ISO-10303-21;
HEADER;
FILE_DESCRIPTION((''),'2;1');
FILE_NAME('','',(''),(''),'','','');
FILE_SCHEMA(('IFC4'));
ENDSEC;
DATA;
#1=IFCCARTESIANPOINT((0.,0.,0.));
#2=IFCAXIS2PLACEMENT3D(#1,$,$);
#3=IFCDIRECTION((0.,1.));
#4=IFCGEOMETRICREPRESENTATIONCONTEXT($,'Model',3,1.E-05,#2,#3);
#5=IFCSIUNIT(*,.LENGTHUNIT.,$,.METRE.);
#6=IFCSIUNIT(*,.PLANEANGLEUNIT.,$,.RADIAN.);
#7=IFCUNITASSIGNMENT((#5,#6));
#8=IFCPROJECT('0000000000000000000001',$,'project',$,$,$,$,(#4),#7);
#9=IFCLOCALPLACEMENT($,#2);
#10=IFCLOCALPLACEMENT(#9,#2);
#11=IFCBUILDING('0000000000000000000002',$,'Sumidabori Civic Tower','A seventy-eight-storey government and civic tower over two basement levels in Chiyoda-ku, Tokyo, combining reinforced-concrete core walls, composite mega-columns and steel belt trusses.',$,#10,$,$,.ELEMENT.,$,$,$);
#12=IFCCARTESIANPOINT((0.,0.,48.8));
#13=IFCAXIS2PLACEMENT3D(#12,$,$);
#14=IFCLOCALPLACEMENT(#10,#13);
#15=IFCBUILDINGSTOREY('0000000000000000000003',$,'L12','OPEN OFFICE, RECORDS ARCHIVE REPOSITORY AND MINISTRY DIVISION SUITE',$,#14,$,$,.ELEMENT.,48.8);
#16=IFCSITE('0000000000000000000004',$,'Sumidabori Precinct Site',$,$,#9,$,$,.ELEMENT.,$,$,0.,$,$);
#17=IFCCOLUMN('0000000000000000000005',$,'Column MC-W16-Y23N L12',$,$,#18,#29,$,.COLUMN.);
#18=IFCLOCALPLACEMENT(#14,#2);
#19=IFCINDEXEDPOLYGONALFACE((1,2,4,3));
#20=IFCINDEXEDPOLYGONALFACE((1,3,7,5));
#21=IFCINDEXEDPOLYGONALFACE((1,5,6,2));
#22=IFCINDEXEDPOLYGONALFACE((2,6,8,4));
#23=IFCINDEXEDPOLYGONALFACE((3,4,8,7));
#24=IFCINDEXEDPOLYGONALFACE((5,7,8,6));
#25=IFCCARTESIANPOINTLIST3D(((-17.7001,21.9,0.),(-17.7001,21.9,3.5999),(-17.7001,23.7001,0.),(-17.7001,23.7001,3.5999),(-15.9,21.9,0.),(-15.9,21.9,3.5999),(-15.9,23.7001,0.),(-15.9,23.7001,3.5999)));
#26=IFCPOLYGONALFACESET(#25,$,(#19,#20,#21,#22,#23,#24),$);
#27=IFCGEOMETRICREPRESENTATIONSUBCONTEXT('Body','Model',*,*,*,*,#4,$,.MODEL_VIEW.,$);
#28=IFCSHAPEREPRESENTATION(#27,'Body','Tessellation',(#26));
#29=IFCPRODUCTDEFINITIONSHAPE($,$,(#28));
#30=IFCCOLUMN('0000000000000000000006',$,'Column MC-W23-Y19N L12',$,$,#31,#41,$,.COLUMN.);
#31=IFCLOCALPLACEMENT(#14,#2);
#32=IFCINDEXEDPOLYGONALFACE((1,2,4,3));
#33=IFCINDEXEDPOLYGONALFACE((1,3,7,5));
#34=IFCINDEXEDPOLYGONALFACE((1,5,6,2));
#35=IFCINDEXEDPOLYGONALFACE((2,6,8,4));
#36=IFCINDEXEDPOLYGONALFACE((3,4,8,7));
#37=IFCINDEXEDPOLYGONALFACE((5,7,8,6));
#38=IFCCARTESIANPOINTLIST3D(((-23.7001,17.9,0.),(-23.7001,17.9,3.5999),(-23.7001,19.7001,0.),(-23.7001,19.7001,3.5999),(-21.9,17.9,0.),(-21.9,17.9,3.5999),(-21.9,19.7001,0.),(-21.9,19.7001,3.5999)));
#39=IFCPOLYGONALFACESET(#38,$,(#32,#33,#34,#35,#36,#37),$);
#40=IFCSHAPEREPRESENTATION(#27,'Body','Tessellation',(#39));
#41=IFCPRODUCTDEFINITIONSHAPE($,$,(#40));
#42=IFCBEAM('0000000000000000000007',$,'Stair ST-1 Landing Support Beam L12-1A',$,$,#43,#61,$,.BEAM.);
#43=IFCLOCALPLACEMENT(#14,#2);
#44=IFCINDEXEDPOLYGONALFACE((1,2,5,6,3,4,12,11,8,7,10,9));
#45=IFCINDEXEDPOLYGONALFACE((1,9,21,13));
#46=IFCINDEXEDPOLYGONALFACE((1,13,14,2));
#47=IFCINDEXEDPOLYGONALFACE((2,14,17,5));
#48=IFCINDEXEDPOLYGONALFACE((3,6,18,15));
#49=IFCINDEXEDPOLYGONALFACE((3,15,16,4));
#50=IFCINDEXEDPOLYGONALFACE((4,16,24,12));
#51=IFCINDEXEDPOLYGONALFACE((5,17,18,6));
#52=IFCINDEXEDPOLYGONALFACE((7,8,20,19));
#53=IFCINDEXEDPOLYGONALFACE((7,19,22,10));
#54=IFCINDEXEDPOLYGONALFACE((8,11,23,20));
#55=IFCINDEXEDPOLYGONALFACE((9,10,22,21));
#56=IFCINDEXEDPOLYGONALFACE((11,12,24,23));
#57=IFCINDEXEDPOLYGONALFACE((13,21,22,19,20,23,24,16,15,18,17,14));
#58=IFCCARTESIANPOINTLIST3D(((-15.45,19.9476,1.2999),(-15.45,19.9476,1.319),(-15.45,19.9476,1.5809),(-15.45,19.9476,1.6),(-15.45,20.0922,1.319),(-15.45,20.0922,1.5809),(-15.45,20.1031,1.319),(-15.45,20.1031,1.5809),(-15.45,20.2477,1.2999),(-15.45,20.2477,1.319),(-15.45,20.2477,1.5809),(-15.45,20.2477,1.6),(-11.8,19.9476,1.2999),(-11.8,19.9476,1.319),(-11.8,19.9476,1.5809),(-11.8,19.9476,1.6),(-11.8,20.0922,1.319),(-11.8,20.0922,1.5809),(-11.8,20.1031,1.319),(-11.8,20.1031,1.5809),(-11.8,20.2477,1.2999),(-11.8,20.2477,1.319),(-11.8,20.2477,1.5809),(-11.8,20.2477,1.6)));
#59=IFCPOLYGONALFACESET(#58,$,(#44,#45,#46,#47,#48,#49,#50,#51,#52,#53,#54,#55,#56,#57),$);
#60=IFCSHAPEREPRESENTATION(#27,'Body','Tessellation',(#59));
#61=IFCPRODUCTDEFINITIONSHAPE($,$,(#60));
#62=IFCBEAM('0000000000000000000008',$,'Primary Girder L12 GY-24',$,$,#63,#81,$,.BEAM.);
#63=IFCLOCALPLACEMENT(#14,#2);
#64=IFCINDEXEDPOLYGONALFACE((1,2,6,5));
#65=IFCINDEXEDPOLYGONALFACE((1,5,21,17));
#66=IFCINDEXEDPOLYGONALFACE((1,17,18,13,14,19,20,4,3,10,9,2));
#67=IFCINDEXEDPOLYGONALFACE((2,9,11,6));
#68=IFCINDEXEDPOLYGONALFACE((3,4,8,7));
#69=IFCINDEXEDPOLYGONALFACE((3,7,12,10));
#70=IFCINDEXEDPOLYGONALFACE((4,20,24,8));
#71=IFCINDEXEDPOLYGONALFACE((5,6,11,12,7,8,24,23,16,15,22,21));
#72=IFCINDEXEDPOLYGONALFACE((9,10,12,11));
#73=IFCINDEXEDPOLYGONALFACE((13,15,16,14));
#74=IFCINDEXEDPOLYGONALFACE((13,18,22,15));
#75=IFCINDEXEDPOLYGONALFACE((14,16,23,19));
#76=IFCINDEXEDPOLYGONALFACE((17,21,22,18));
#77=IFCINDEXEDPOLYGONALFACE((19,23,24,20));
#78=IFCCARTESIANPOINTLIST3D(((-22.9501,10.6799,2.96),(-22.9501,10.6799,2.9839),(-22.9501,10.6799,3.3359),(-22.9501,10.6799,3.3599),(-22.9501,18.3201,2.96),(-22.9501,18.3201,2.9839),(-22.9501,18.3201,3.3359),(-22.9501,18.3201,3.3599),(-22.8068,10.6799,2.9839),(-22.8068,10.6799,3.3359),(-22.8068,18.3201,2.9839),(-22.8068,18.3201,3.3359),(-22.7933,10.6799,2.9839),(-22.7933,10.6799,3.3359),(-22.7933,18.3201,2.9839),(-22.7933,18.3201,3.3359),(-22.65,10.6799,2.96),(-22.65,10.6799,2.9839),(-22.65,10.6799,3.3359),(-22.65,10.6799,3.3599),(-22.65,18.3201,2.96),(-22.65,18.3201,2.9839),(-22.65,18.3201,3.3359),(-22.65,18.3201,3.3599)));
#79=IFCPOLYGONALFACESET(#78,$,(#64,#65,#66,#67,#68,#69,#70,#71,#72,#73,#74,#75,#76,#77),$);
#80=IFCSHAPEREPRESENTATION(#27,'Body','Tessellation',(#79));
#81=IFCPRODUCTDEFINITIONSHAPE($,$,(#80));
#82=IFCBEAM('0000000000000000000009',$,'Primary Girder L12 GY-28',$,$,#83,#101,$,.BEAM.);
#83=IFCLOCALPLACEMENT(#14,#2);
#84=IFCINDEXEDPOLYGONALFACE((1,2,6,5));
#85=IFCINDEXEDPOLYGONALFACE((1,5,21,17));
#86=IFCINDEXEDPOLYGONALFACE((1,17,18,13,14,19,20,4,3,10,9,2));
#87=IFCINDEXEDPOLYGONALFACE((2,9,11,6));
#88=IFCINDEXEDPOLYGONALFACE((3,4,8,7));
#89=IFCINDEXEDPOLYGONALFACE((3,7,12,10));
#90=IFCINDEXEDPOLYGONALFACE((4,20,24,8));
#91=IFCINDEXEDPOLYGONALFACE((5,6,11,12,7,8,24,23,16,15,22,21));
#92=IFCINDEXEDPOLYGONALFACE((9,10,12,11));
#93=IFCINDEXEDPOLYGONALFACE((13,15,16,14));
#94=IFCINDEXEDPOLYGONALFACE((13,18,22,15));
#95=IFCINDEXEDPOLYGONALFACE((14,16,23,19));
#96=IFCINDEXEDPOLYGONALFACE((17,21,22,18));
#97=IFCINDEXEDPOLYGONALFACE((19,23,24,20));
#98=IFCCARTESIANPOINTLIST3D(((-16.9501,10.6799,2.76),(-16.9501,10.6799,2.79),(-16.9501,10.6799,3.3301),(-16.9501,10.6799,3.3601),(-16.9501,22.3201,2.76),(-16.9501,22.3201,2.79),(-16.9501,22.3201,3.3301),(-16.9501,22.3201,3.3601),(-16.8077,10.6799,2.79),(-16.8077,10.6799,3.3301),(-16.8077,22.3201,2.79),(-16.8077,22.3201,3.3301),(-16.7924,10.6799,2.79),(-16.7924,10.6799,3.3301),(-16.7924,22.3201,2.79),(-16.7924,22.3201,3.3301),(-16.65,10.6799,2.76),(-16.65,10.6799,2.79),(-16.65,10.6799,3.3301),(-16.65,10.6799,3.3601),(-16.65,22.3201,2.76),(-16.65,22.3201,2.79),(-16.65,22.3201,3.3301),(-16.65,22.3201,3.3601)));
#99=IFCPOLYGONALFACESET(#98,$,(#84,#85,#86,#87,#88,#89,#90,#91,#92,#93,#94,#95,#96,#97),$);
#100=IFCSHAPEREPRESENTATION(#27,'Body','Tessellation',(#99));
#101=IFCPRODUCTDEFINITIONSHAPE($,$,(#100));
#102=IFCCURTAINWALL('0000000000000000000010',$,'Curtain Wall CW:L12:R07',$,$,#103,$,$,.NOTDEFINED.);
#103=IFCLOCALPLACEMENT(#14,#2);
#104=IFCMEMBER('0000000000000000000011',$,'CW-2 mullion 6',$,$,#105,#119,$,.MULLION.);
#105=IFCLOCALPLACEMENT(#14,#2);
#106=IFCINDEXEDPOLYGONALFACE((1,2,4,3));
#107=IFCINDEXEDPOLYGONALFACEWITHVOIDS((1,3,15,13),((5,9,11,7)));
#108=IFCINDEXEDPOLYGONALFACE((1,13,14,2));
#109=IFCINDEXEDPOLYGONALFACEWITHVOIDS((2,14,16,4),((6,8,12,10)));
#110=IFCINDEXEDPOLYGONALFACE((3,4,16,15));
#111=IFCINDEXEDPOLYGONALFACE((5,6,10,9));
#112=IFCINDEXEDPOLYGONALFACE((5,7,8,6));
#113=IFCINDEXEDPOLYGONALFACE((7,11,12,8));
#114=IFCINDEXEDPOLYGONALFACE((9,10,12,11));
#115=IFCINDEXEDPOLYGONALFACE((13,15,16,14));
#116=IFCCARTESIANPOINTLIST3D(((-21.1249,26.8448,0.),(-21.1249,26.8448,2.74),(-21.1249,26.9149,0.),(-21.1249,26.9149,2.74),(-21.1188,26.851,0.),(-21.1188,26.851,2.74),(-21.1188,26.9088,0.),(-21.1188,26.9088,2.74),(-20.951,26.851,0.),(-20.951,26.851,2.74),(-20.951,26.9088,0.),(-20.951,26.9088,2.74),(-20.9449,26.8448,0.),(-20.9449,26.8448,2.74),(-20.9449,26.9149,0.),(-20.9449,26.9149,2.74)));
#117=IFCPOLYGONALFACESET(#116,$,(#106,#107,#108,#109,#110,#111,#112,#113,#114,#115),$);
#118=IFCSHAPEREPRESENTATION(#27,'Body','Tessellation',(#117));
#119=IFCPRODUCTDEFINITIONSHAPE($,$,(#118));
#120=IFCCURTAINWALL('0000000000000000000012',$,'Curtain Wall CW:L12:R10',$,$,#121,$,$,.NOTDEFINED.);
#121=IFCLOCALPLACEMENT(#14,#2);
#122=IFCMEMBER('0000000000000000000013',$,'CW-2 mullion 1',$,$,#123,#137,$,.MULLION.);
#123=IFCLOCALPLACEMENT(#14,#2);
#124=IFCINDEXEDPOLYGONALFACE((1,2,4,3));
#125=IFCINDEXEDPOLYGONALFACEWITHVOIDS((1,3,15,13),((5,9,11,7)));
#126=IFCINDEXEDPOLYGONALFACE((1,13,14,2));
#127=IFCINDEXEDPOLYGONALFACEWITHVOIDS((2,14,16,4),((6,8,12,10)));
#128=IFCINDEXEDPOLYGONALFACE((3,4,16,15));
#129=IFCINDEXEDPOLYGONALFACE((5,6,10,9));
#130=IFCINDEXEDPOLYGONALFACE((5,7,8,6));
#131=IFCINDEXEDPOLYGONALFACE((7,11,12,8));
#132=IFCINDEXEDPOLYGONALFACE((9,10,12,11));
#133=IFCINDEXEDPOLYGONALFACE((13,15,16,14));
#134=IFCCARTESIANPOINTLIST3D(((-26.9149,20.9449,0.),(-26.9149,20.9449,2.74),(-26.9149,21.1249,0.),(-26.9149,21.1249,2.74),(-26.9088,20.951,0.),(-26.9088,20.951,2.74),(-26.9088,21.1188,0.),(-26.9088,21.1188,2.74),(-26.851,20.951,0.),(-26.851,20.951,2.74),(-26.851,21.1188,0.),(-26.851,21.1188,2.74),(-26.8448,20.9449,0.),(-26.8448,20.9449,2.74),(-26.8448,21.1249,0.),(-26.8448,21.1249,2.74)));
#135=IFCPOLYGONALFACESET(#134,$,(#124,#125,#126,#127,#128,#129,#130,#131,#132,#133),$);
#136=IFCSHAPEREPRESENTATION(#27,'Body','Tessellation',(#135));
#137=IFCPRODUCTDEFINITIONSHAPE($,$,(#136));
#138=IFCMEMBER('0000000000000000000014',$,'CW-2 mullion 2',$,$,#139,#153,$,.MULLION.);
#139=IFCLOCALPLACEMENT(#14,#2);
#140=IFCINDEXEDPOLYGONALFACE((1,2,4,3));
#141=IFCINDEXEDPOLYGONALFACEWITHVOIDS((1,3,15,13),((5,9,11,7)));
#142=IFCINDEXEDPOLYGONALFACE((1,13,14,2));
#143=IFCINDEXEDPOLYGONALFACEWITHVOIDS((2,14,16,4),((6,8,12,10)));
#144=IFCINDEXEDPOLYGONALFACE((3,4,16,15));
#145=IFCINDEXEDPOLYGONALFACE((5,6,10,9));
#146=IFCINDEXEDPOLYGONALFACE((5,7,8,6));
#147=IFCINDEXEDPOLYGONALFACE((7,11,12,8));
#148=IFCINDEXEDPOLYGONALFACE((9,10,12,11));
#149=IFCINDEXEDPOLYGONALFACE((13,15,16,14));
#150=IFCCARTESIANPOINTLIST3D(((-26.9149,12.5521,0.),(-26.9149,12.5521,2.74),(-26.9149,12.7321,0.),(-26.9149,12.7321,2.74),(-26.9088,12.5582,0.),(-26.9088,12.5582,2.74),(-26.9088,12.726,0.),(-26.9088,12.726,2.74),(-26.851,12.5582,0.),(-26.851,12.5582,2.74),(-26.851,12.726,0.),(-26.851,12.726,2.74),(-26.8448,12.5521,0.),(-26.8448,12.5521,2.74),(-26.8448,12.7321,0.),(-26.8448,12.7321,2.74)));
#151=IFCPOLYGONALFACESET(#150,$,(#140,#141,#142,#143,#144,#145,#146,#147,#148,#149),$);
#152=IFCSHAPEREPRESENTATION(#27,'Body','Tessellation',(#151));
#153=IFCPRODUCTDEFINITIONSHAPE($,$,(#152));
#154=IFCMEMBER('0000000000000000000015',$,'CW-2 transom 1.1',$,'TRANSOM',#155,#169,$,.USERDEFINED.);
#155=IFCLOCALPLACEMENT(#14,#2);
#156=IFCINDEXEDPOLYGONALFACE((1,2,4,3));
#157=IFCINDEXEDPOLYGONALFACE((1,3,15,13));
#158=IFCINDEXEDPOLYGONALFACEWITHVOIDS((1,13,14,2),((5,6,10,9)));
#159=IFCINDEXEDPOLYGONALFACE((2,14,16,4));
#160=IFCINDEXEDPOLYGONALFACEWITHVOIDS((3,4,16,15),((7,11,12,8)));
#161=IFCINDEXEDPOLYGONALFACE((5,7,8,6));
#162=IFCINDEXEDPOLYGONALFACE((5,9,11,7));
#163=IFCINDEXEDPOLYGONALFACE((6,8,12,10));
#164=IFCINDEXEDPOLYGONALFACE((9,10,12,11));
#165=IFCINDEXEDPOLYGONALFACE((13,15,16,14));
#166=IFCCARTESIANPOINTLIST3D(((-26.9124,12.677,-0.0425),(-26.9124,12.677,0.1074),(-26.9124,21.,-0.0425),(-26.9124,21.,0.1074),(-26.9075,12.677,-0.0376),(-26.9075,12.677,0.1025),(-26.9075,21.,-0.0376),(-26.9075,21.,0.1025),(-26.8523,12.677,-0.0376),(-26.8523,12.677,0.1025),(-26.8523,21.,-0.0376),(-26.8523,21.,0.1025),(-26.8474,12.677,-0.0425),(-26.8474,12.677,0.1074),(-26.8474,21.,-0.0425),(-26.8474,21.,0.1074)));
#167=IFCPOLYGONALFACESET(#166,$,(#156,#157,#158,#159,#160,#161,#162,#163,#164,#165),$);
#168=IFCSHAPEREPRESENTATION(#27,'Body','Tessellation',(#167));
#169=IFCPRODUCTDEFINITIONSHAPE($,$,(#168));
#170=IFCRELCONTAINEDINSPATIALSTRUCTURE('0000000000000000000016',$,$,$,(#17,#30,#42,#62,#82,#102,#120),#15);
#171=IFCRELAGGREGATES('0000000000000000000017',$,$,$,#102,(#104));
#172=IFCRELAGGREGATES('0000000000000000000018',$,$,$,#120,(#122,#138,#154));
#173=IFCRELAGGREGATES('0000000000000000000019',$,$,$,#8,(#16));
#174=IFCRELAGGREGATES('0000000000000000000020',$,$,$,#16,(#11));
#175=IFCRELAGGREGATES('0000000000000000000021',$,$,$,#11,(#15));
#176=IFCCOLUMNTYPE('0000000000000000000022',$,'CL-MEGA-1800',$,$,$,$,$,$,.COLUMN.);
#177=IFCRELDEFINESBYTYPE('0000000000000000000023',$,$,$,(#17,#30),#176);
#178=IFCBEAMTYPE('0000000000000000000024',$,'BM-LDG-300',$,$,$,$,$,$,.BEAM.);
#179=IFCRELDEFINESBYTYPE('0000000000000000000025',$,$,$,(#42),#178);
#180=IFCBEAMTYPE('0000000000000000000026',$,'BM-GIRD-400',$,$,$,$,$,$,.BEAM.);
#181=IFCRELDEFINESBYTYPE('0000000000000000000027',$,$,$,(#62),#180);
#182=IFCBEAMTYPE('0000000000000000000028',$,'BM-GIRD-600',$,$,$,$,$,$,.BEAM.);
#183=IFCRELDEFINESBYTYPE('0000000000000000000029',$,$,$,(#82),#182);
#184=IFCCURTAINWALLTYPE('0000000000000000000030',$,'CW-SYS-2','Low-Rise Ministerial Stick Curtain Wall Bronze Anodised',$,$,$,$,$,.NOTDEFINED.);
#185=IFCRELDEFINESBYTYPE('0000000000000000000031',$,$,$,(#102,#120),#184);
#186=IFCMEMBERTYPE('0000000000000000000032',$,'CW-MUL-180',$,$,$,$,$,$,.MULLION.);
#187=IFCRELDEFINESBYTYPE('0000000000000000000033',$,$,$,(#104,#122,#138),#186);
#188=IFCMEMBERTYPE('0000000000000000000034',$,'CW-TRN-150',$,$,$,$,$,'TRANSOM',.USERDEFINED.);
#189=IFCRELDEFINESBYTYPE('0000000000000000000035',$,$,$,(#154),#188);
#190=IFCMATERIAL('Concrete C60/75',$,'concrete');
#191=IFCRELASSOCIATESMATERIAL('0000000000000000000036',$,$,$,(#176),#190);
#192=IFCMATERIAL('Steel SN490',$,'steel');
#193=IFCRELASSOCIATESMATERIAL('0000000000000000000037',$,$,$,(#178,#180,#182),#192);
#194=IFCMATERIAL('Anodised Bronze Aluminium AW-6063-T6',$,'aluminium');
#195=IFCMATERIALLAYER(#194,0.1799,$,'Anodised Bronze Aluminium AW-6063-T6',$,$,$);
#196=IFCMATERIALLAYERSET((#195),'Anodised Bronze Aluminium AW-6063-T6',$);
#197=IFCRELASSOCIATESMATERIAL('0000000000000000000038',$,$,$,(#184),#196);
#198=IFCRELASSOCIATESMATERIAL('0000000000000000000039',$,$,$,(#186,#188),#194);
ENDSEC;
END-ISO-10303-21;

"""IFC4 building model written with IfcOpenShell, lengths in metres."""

from ifc_helpers import new_model, si_unit, direction, frame, origin, origin_2d, place, context, subcontext, project, spatial, rectangle, hollow_rectangle, i_section, extrude, source, transform, mapped, material, layer, layer_set, material_profile, profile_set, type_object, element, aggregate, save


model = new_model("IFC4")

# Units and contexts
model_context = context("Model", 3, precision=1e-05, world=origin(), true_north=direction((0.0, 1.0)))
body_context = subcontext(model_context, "Body", "Model", "MODEL_VIEW")
ifc_project = project(units=[si_unit("LENGTHUNIT", "METRE"), si_unit("PLANEANGLEUNIT", "RADIAN")], contexts=[model_context])

# Site, building, storey
site_placement = place(None, origin())
site = spatial("IfcSite", under=ifc_project, at=site_placement, Name="Sumidabori Precinct Site", CompositionType="ELEMENT", RefElevation=0.0)
building_placement = place(site_placement, origin())
building = spatial("IfcBuilding", under=site, at=building_placement, Name="Sumidabori Civic Tower", Description="A seventy-eight-storey government and civic tower over two basement levels in Chiyoda-ku, Tokyo, combining reinforced-concrete core walls, composite mega-columns and steel belt trusses.", CompositionType="ELEMENT")
storey_placement = place(building_placement, frame((0.0, 0.0, 48.8)))
storey = spatial("IfcBuildingStorey", under=building, at=storey_placement, Name="L12", Description="OPEN OFFICE, RECORDS ARCHIVE REPOSITORY AND MINISTRY DIVISION SUITE", CompositionType="ELEMENT", Elevation=48.8)

# Columns
ifc_material_1 = material(Name="Concrete C60/75", Category="concrete")
ifc_material_profile_1 = material_profile(ifc_material_1, rectangle(XDim=1.8, YDim=1.8, at=origin_2d()), Name="RC 1800x1800")
ifc_profile_set_1 = profile_set([ifc_material_profile_1], Name="Concrete C60/75")
column_type = type_object("IfcColumnType", Name="CL-MEGA-1800", PredefinedType="COLUMN", material=ifc_profile_set_1)
shared_shape_1 = source(origin(), body_context, "Body", "SweptSolid", [
    extrude(rectangle(XDim=1.8, YDim=1.8, at=origin_2d()), origin(), (0.0, 0.0, 1.0), 3.5999),
])
for number, where, z_axis, x_axis, name in (
    (1, (-16.8, 22.8, 0.0), (0.0, 0.0, 1.0), (1.0, 0.0, 0.0), "Column MC-W16-Y23N L12"),
    (2, (-22.8, 18.8, 0.0), (0.0, 0.0, 1.0), (1.0, 0.0, 0.0), "Column MC-W23-Y19N L12"),
):
    element("IfcColumn", number, at=place(storey_placement, frame(where, z_axis=z_axis, x_axis=x_axis)), inside=storey, type_object=column_type, Name=name, PredefinedType="COLUMN", context=body_context, shape_type="MappedRepresentation", body=[
        mapped(shared_shape_1, transform((0.0, 0.0, 0.0), x_axis=(1.0, 0.0, 0.0), y_axis=(0.0, 1.0, 0.0), z_axis=(0.0, 0.0, 1.0), scale=1.0)),
    ])

# Beams
ifc_material_2 = material(Name="Steel SN490", Category="steel")
ifc_material_profile_2 = material_profile(ifc_material_2, i_section(OverallWidth=0.3, OverallDepth=0.3, WebThickness=0.011, FlangeThickness=0.019, at=origin_2d()), Name="HE 300 B")
ifc_profile_set_2 = profile_set([ifc_material_profile_2], Name="Steel SN490")
beam_type_1 = type_object("IfcBeamType", Name="BM-LDG-300", PredefinedType="BEAM", material=ifc_profile_set_2)
shared_shape_2 = source(origin(), body_context, "Body", "SweptSolid", [
    extrude(i_section(OverallWidth=0.3, OverallDepth=0.3, WebThickness=0.011, FlangeThickness=0.019, at=origin_2d()), origin(), (0.0, 0.0, 1.0), 3.6499),
])
beam_1_placement = place(storey_placement, frame((-15.45, 20.0977, 1.45), z_axis=(1.0, 0.0, 0.0), x_axis=(0.0, 1.0, 0.0)))
element("IfcBeam", 3, at=beam_1_placement, inside=storey, type_object=beam_type_1, Name="Stair ST-1 Landing Support Beam L12-1A", PredefinedType="BEAM", context=body_context, shape_type="MappedRepresentation", body=[
    mapped(shared_shape_2, transform((0.0, 0.0, 0.0), x_axis=(1.0, 0.0, 0.0), y_axis=(0.0, 1.0, 0.0), z_axis=(0.0, 0.0, 1.0), scale=1.0)),
])
ifc_material_profile_3 = material_profile(ifc_material_2, i_section(OverallWidth=0.3, OverallDepth=0.3999, WebThickness=0.0134, FlangeThickness=0.0239, at=origin_2d()), Name="HE 400 B")
ifc_profile_set_3 = profile_set([ifc_material_profile_3], Name="Steel SN490")
beam_type_2 = type_object("IfcBeamType", Name="BM-GIRD-400", PredefinedType="BEAM", material=ifc_profile_set_3)
shared_shape_3 = source(origin(), body_context, "Body", "SweptSolid", [
    extrude(i_section(OverallWidth=0.3, OverallDepth=0.3999, WebThickness=0.0134, FlangeThickness=0.0239, at=origin_2d()), origin(), (0.0, 0.0, 1.0), 7.6401),
])
beam_2_placement = place(storey_placement, frame((-22.8, 10.6799, 3.1599), z_axis=(0.0, 1.0, 0.0), x_axis=(-1.0, 0.0, 0.0)))
element("IfcBeam", 4, at=beam_2_placement, inside=storey, type_object=beam_type_2, Name="Primary Girder L12 GY-24", PredefinedType="BEAM", context=body_context, shape_type="MappedRepresentation", body=[
    mapped(shared_shape_3, transform((0.0, 0.0, 0.0), x_axis=(1.0, 0.0, 0.0), y_axis=(0.0, 1.0, 0.0), z_axis=(0.0, 0.0, 1.0), scale=1.0)),
])
ifc_material_profile_4 = material_profile(ifc_material_2, i_section(OverallWidth=0.3, OverallDepth=0.6001, WebThickness=0.0154, FlangeThickness=0.03, at=origin_2d()), Name="HE 600 B")
ifc_profile_set_4 = profile_set([ifc_material_profile_4], Name="Steel SN490")
beam_type_3 = type_object("IfcBeamType", Name="BM-GIRD-600", PredefinedType="BEAM", material=ifc_profile_set_4)
shared_shape_4 = source(origin(), body_context, "Body", "SweptSolid", [
    extrude(i_section(OverallWidth=0.3, OverallDepth=0.6001, WebThickness=0.0154, FlangeThickness=0.03, at=origin_2d()), origin(), (0.0, 0.0, 1.0), 11.6401),
])
beam_3_placement = place(storey_placement, frame((-16.8, 10.6799, 3.0601), z_axis=(0.0, 1.0, 0.0), x_axis=(-1.0, 0.0, 0.0)))
element("IfcBeam", 5, at=beam_3_placement, inside=storey, type_object=beam_type_3, Name="Primary Girder L12 GY-28", PredefinedType="BEAM", context=body_context, shape_type="MappedRepresentation", body=[
    mapped(shared_shape_4, transform((0.0, 0.0, 0.0), x_axis=(1.0, 0.0, 0.0), y_axis=(0.0, 1.0, 0.0), z_axis=(0.0, 0.0, 1.0), scale=1.0)),
])

# Curtain wall, member
ifc_material_3 = material(Name="Anodised Bronze Aluminium AW-6063-T6", Category="aluminium")
ifc_layer_1 = layer(ifc_material_3, 0.1799, Name="Anodised Bronze Aluminium AW-6063-T6")
ifc_layer_set_1 = layer_set([ifc_layer_1], Name="Anodised Bronze Aluminium AW-6063-T6")
curtain_wall_type = type_object("IfcCurtainWallType", Name="CW-SYS-2", Description="Low-Rise Ministerial Stick Curtain Wall Bronze Anodised", PredefinedType="NOTDEFINED", material=ifc_layer_set_1)
curtain_wall_1_placement = place(storey_placement, origin())
curtain_wall_1 = element("IfcCurtainWall", 6, at=curtain_wall_1_placement, inside=storey, type_object=curtain_wall_type, Name="Curtain Wall CW:L12:R07", PredefinedType="NOTDEFINED")
ifc_material_profile_5 = material_profile(ifc_material_3, hollow_rectangle(XDim=0.0701, YDim=0.1799, WallThickness=0.0061, at=origin_2d()), Name="ALU MULLION 180x70")
ifc_profile_set_5 = profile_set([ifc_material_profile_5], Name="Anodised Bronze Aluminium AW-6063-T6")
member_type_1 = type_object("IfcMemberType", Name="CW-MUL-180", PredefinedType="MULLION", material=ifc_profile_set_5)
shared_shape_5 = source(origin(), body_context, "Body", "SweptSolid", [
    extrude(hollow_rectangle(XDim=0.0701, YDim=0.1799, WallThickness=0.0061, at=origin_2d()), origin(), (0.0, 0.0, 1.0), 2.74),
])
member_1_placement = place(storey_placement, frame((-21.0349, 26.8799, 0.0), z_axis=(0.0, 0.0, 1.0), x_axis=(0.0, -1.0, 0.0)))
member_1 = element("IfcMember", 7, at=member_1_placement, type_object=member_type_1, Name="CW-2 mullion 6", PredefinedType="MULLION", context=body_context, shape_type="MappedRepresentation", body=[
    mapped(shared_shape_5, transform((0.0, 0.0, 0.0), x_axis=(1.0, 0.0, 0.0), y_axis=(0.0, 1.0, 0.0), z_axis=(0.0, 0.0, 1.0), scale=1.0)),
])

# Curtain wall, members
curtain_wall_2_placement = place(storey_placement, origin())
curtain_wall_2 = element("IfcCurtainWall", 8, at=curtain_wall_2_placement, inside=storey, type_object=curtain_wall_type, Name="Curtain Wall CW:L12:R10", PredefinedType="NOTDEFINED")
member_2_placement = place(storey_placement, frame((-26.8799, 21.0349, 0.0), z_axis=(0.0, 0.0, 1.0), x_axis=(1.0, 0.0, 0.0)))
member_2 = element("IfcMember", 9, at=member_2_placement, type_object=member_type_1, Name="CW-2 mullion 1", PredefinedType="MULLION", context=body_context, shape_type="MappedRepresentation", body=[
    mapped(shared_shape_5, transform((0.0, 0.0, 0.0), x_axis=(1.0, 0.0, 0.0), y_axis=(0.0, 1.0, 0.0), z_axis=(0.0, 0.0, 1.0), scale=1.0)),
])
member_3_placement = place(storey_placement, frame((-26.8799, 12.6421, 0.0), z_axis=(0.0, 0.0, 1.0), x_axis=(1.0, 0.0, 0.0)))
member_3 = element("IfcMember", 10, at=member_3_placement, type_object=member_type_1, Name="CW-2 mullion 2", PredefinedType="MULLION", context=body_context, shape_type="MappedRepresentation", body=[
    mapped(shared_shape_5, transform((0.0, 0.0, 0.0), x_axis=(1.0, 0.0, 0.0), y_axis=(0.0, 1.0, 0.0), z_axis=(0.0, 0.0, 1.0), scale=1.0)),
])
ifc_material_profile_6 = material_profile(ifc_material_3, hollow_rectangle(XDim=0.0649, YDim=0.1499, WallThickness=0.0049, at=origin_2d()), Name="ALU TRANSOM 150x65")
ifc_profile_set_6 = profile_set([ifc_material_profile_6], Name="Anodised Bronze Aluminium AW-6063-T6")
member_type_2 = type_object("IfcMemberType", Name="CW-TRN-150", ElementType="TRANSOM", PredefinedType="USERDEFINED", material=ifc_profile_set_6)
shared_shape_6 = source(origin(), body_context, "Body", "SweptSolid", [
    extrude(hollow_rectangle(XDim=0.0649, YDim=0.1499, WallThickness=0.0049, at=origin_2d()), origin(), (0.0, 0.0, 1.0), 8.323),
])
member_4_placement = place(storey_placement, frame((-26.8799, 21.0, 0.0325), z_axis=(0.0, -1.0, 0.0), x_axis=(1.0, 0.0, 0.0)))
member_4 = element("IfcMember", 11, at=member_4_placement, type_object=member_type_2, Name="CW-2 transom 1.1", ObjectType="TRANSOM", PredefinedType="USERDEFINED", context=body_context, shape_type="MappedRepresentation", body=[
    mapped(shared_shape_6, transform((0.0, 0.0, 0.0), x_axis=(1.0, 0.0, 0.0), y_axis=(0.0, 1.0, 0.0), z_axis=(0.0, 0.0, 1.0), scale=1.0)),
])

aggregate(curtain_wall_1, [member_1])
aggregate(curtain_wall_2, [member_2, member_3, member_4])

save(model, "model.ifc")
